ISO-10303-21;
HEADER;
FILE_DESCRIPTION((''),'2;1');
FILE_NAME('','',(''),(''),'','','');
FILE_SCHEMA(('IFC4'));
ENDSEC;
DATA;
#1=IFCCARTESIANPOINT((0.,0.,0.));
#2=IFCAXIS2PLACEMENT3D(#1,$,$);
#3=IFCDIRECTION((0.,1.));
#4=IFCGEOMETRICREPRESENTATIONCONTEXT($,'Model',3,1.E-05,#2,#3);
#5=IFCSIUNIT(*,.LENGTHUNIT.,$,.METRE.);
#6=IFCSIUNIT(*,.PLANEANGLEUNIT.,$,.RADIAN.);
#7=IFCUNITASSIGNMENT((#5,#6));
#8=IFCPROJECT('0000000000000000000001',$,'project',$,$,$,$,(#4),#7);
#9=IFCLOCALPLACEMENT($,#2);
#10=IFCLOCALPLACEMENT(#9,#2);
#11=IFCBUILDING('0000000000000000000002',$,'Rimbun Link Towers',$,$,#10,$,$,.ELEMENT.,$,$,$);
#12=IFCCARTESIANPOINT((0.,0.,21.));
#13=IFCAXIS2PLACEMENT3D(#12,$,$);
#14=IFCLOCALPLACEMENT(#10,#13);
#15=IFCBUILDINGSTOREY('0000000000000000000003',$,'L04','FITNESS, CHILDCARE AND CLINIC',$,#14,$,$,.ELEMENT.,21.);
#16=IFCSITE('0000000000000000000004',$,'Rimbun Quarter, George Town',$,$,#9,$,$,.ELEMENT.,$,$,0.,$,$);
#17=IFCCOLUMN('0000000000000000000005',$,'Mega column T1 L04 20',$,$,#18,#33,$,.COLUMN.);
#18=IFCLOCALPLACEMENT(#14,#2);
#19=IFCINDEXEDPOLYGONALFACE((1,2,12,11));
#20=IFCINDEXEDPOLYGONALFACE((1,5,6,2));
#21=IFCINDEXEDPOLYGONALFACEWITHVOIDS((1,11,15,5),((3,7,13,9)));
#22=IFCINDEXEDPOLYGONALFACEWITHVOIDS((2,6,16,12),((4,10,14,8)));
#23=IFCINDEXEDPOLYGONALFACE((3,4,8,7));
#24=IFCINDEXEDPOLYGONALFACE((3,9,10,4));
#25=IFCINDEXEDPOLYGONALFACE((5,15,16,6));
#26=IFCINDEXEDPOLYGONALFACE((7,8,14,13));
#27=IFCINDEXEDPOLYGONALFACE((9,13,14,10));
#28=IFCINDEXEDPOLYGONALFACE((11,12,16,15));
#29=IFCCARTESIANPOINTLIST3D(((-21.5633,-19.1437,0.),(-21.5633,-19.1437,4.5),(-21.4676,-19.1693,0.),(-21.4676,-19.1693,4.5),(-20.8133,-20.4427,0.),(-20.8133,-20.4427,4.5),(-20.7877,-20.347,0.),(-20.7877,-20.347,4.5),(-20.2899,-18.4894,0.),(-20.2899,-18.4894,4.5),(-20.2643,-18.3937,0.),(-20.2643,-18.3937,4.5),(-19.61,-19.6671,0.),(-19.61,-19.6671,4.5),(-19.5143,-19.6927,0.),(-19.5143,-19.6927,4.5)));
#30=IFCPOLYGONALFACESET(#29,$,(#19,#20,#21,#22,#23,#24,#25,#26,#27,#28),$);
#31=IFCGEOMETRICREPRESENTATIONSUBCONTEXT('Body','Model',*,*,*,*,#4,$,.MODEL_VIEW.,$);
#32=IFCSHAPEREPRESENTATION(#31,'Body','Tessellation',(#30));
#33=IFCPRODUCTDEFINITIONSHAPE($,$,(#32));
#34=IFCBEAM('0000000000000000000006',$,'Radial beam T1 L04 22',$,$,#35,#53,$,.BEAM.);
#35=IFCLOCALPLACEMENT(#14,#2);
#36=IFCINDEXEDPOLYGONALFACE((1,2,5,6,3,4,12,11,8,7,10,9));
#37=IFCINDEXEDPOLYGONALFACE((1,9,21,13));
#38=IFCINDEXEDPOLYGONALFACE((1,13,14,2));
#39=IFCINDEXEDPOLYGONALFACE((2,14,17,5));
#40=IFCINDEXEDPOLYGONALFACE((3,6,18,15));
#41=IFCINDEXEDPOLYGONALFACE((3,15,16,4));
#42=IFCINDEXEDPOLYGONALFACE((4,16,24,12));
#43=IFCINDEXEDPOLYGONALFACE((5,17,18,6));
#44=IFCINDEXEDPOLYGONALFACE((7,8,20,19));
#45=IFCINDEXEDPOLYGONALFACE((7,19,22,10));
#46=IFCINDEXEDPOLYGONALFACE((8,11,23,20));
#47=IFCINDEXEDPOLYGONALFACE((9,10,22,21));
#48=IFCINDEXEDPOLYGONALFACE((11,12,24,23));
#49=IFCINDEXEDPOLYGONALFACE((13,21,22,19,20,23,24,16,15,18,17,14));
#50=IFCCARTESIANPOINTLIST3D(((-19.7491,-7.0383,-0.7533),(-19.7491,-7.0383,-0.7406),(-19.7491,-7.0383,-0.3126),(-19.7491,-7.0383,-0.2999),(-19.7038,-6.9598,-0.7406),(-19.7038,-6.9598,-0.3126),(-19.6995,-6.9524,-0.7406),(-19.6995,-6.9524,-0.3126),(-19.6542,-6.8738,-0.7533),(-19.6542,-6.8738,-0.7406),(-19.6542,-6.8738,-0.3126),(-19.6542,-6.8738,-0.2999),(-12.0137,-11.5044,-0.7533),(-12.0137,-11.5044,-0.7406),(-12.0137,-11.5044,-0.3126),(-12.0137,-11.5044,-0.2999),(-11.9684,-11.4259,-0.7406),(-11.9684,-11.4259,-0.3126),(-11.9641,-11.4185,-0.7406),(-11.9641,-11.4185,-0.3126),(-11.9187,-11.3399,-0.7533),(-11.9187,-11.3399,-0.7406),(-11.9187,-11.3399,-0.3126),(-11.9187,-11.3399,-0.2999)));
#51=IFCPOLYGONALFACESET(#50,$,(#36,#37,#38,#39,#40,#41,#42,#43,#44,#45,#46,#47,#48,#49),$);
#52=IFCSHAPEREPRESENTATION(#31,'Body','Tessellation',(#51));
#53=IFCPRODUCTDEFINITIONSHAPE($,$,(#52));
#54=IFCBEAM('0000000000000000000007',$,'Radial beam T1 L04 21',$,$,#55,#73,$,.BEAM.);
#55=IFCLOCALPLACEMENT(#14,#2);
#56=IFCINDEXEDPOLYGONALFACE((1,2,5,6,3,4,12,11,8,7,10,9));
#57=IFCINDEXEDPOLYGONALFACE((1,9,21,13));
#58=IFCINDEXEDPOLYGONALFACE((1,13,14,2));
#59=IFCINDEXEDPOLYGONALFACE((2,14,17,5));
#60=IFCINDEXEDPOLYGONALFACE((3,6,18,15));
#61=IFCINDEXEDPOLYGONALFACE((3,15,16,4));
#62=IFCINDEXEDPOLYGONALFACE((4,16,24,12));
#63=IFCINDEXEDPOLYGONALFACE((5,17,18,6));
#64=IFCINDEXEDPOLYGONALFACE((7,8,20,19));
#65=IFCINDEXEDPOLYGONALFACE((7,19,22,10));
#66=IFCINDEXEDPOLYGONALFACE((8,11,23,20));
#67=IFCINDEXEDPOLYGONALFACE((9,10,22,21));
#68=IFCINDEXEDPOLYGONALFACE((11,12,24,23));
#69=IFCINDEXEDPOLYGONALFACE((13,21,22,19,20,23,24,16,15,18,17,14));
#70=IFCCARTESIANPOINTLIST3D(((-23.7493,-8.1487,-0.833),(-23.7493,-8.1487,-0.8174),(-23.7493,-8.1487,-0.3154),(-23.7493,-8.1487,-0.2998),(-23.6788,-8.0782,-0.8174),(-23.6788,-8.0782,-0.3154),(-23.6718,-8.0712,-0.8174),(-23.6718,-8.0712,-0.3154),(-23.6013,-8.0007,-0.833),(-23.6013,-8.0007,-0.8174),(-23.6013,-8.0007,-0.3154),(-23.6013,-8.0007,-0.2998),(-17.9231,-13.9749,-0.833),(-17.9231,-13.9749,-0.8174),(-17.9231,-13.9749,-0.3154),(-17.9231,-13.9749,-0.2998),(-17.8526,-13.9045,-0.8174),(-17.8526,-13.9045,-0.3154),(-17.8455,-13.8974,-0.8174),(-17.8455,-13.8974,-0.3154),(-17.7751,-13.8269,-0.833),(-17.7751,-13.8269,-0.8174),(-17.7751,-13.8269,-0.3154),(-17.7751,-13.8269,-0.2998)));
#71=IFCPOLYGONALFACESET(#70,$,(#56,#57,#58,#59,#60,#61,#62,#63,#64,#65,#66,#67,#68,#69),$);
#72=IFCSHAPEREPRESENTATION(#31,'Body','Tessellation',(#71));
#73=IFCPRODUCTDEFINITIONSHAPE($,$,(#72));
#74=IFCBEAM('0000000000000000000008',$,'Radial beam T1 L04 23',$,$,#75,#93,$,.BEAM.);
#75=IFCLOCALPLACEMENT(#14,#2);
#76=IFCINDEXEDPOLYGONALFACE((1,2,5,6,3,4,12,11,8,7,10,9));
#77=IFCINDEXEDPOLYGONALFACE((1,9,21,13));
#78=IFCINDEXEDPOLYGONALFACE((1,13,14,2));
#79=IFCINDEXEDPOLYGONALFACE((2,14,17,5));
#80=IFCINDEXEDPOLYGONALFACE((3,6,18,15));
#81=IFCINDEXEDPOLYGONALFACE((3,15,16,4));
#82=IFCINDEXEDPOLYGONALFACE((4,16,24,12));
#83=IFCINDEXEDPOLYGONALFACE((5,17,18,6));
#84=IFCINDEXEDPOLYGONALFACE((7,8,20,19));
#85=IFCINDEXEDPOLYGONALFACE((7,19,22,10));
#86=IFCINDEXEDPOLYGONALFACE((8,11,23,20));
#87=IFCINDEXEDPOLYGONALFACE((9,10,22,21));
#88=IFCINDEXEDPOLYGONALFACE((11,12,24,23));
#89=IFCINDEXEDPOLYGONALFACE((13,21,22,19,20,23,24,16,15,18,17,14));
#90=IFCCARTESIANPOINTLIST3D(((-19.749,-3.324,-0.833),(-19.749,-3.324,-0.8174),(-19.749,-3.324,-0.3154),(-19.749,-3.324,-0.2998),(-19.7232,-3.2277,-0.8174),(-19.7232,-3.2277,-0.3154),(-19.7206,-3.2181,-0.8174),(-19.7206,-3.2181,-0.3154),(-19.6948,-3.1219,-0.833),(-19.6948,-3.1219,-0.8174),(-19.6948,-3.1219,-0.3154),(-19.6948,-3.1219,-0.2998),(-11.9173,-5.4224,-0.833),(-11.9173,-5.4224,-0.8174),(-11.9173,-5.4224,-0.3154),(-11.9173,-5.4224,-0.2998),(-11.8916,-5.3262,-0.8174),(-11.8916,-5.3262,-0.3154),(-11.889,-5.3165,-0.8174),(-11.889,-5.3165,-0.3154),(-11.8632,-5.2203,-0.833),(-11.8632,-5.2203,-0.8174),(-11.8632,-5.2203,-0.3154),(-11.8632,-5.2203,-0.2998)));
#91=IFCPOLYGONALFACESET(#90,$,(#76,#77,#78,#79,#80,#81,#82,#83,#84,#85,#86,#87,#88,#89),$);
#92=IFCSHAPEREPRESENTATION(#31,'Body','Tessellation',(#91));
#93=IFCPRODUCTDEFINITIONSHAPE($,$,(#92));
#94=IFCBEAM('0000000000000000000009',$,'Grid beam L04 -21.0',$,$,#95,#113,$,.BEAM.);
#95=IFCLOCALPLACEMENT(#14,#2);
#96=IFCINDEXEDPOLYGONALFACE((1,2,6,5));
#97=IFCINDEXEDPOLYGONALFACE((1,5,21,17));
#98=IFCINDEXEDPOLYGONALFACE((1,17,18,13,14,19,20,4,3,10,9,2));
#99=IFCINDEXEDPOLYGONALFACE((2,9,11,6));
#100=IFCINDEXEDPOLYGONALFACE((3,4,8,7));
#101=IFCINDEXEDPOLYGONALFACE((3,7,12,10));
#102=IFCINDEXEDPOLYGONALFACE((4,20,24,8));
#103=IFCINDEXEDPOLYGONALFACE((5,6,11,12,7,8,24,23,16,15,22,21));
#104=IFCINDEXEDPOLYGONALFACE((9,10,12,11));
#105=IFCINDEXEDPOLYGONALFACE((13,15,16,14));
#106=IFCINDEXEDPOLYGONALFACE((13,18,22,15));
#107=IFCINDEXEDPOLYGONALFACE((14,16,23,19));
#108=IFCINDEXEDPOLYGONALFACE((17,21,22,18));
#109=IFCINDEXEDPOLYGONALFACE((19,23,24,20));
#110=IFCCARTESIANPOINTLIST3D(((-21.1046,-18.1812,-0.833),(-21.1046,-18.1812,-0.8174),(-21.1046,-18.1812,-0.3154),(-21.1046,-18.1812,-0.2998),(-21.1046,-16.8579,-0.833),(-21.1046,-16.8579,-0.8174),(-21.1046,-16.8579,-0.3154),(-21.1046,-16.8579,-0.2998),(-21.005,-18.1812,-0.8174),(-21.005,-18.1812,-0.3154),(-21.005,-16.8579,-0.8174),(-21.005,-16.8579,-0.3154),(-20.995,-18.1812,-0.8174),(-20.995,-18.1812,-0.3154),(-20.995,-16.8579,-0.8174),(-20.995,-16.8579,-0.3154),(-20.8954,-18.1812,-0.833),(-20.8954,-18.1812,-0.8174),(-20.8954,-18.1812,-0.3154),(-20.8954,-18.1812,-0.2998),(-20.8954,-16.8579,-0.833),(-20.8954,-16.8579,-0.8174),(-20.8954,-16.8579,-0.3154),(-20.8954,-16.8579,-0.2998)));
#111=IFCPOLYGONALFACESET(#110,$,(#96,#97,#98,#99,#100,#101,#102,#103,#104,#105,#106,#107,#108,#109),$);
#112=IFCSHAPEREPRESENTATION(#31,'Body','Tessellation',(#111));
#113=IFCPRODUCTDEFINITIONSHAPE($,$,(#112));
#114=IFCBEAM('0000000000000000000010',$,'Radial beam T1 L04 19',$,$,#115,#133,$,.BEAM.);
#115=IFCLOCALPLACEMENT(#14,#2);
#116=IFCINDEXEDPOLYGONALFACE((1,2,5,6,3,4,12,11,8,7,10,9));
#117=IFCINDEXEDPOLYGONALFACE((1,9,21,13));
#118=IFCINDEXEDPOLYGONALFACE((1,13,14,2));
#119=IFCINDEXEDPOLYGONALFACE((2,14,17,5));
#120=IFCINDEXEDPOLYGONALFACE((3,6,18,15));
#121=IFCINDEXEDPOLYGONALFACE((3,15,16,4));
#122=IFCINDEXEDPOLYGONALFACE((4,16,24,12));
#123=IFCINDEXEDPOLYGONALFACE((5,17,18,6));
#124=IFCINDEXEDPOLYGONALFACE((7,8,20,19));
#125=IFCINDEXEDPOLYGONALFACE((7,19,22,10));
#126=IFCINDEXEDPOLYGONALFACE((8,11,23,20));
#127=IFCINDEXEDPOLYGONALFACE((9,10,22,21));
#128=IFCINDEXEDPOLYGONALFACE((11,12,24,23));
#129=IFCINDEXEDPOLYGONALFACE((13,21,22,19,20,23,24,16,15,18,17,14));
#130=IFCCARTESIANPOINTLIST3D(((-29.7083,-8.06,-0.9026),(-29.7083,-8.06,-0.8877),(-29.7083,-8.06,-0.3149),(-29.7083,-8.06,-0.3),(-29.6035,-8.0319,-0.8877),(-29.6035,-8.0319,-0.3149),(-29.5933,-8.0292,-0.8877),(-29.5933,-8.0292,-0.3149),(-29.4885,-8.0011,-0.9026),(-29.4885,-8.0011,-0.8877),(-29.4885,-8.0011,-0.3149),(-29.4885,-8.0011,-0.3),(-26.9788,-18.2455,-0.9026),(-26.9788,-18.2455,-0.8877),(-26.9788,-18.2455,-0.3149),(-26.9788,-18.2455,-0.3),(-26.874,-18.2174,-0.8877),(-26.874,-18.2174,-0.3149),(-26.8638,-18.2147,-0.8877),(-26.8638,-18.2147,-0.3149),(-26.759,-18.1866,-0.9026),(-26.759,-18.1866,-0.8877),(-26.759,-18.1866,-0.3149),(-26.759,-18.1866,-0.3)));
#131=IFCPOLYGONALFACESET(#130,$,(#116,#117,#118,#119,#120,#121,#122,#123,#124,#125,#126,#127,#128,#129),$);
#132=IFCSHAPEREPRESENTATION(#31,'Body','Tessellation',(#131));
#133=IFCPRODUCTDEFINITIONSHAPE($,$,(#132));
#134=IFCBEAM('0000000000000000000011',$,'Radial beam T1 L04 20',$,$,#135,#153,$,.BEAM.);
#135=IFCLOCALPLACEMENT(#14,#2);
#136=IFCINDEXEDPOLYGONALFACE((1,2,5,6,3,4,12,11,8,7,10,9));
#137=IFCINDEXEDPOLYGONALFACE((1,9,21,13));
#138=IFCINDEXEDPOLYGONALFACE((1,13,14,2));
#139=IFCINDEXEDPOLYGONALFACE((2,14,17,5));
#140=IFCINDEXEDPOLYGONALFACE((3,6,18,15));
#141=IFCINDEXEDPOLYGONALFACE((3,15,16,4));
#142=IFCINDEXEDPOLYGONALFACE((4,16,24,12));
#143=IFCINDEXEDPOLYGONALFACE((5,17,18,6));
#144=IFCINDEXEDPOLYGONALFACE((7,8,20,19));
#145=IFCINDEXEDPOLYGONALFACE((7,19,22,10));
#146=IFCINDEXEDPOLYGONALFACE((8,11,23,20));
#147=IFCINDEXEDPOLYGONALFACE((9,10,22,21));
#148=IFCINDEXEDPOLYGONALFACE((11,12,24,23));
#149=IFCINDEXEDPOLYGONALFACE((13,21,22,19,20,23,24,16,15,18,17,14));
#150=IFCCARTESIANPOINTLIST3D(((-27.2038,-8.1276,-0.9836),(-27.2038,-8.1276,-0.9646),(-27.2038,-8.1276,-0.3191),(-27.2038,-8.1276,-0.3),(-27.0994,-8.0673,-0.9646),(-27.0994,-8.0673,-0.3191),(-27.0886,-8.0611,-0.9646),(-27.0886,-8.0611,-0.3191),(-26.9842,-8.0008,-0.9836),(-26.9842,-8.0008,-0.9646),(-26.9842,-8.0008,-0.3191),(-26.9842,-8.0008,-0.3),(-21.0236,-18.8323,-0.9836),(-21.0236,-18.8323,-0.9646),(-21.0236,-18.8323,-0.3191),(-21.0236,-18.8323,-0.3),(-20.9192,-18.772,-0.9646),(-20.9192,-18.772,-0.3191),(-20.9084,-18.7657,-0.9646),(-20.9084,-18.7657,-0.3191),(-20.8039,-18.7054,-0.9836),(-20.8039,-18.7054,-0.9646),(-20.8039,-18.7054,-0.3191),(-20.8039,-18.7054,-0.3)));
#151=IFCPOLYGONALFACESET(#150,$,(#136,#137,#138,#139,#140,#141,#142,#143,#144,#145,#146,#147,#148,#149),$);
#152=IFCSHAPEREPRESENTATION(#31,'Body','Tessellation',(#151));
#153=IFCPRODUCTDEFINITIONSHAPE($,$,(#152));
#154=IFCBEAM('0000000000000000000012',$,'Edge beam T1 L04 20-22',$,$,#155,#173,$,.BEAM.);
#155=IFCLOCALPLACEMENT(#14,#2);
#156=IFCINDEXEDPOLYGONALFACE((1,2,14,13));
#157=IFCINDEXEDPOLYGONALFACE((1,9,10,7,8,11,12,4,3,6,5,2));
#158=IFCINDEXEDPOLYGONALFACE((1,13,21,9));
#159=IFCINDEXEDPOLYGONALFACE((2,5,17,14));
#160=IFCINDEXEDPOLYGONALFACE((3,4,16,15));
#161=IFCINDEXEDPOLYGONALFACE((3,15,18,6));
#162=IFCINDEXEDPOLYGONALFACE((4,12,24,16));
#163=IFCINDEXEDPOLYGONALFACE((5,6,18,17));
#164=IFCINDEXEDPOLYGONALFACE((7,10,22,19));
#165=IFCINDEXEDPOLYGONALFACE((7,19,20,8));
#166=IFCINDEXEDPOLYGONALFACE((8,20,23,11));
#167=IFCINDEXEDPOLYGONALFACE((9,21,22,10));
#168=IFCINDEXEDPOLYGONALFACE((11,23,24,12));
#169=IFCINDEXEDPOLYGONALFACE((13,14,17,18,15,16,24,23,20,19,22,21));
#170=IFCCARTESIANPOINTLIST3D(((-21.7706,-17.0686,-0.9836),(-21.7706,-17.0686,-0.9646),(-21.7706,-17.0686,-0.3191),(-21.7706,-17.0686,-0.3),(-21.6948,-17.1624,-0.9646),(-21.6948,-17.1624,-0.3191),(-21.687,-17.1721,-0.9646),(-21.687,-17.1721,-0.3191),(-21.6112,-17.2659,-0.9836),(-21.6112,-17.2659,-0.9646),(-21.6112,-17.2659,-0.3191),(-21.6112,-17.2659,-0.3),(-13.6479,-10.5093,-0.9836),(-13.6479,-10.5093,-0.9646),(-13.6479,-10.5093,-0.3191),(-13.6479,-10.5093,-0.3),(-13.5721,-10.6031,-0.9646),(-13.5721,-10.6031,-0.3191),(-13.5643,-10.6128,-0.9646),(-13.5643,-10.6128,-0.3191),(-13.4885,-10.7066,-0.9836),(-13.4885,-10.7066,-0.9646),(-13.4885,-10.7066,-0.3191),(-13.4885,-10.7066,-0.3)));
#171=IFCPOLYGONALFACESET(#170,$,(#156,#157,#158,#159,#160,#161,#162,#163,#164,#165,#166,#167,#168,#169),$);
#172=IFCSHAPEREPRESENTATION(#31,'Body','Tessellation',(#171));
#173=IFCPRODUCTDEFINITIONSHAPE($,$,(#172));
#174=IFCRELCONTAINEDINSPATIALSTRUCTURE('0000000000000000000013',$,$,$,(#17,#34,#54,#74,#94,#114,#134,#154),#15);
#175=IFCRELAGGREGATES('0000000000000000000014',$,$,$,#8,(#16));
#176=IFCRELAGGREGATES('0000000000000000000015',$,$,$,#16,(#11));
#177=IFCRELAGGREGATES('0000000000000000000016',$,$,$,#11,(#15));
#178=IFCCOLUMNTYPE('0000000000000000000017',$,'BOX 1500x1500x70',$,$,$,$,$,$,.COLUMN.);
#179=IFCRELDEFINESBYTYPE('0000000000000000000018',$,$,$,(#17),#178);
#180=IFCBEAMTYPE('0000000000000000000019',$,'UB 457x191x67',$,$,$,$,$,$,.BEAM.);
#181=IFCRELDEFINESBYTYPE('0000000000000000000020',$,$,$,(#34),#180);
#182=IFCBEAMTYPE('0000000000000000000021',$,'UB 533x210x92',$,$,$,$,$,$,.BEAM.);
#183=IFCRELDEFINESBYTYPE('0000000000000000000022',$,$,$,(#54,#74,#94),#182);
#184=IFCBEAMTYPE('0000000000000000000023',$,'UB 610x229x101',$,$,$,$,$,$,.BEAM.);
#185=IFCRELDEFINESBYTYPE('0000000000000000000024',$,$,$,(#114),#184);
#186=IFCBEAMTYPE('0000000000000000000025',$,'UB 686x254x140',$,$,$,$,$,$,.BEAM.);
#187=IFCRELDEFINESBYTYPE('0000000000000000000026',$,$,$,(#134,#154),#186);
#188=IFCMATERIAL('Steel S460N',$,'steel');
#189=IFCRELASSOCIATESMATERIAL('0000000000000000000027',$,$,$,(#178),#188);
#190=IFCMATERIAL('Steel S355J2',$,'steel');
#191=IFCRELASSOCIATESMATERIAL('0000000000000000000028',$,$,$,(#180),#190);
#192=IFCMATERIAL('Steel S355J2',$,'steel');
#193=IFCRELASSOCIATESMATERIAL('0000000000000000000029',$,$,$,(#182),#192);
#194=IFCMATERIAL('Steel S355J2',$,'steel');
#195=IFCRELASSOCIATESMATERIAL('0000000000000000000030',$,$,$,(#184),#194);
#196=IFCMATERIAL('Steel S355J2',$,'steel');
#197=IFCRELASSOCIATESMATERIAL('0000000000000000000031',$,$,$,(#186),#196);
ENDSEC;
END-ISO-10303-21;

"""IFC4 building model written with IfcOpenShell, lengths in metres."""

from ifc_helpers import new_model, si_unit, direction, frame, origin, origin_2d, place, context, subcontext, project, spatial, hollow_rectangle, i_section, extrude, material, material_profile, profile_set, type_object, element, save


model = new_model("IFC4")

# Units and contexts
model_context = context("Model", 3, precision=1e-05, world=origin(), true_north=direction((0.0, 1.0)))
body_context = subcontext(model_context, "Body", "Model", "MODEL_VIEW")
ifc_project = project(units=[si_unit("LENGTHUNIT", "METRE"), si_unit("PLANEANGLEUNIT", "RADIAN")], contexts=[model_context])

# Site, building, storey
site_placement = place(None, origin())
site = spatial("IfcSite", under=ifc_project, at=site_placement, Name="Rimbun Quarter, George Town", CompositionType="ELEMENT", RefElevation=0.0)
building_placement = place(site_placement, origin())
building = spatial("IfcBuilding", under=site, at=building_placement, Name="Rimbun Link Towers", CompositionType="ELEMENT")
storey_placement = place(building_placement, frame((0.0, 0.0, 21.0)))
storey = spatial("IfcBuildingStorey", under=building, at=storey_placement, Name="L04", Description="FITNESS, CHILDCARE AND CLINIC", CompositionType="ELEMENT", Elevation=21.0)

# Column
ifc_material_1 = material(Name="Steel S460N", Category="steel")
ifc_material_profile_1 = material_profile(ifc_material_1, hollow_rectangle(XDim=1.5, YDim=1.5, WallThickness=0.0701, at=origin_2d()), Name="BOX 1500x1500x70")
ifc_profile_set_1 = profile_set([ifc_material_profile_1], Name="Steel S460N")
column_type = type_object("IfcColumnType", Name="BOX 1500x1500x70", PredefinedType="COLUMN", material=ifc_profile_set_1)
column_placement = place(storey_placement, frame((-20.5388, -19.4182, 0.0), z_axis=(0.0, 0.0, 1.0), x_axis=(0.5, -0.866025, 0.0)))
element("IfcColumn", 1, at=column_placement, inside=storey, type_object=column_type, Name="Mega column T1 L04 20", PredefinedType="COLUMN", context=body_context, shape_type="SweptSolid", body=[
    extrude(hollow_rectangle(XDim=1.5, YDim=1.5, WallThickness=0.0701, at=origin_2d()), origin(), (0.0, 0.0, 1.0), 4.5),
])

# Beams
ifc_material_2 = material(Name="Steel S355J2", Category="steel")
ifc_material_profile_2 = material_profile(ifc_material_2, i_section(OverallWidth=0.1899, OverallDepth=0.4534, WebThickness=0.0085, FlangeThickness=0.0127, at=origin_2d()), Name="UB 457x191x67")
ifc_profile_set_2 = profile_set([ifc_material_profile_2], Name="Steel S355J2")
beam_type_1 = type_object("IfcBeamType", Name="UB 457x191x67", PredefinedType="BEAM", material=ifc_profile_set_2)
beam_1_placement = place(storey_placement, frame((-19.7017, -6.9561, -0.5266), z_axis=(0.866023, -0.500005, 0.0), x_axis=(0.500005, 0.866023, 0.0)))
element("IfcBeam", 2, at=beam_1_placement, inside=storey, type_object=beam_type_1, Name="Radial beam T1 L04 22", PredefinedType="BEAM", context=body_context, shape_type="SweptSolid", body=[
    extrude(i_section(OverallWidth=0.1899, OverallDepth=0.4534, WebThickness=0.0085, FlangeThickness=0.0127, at=origin_2d()), origin(), (0.0, 0.0, 1.0), 8.9321),
])
ifc_material_3 = material(Name="Steel S355J2", Category="steel")
ifc_material_profile_3 = material_profile(ifc_material_3, i_section(OverallWidth=0.2092, OverallDepth=0.5332, WebThickness=0.01, FlangeThickness=0.0156, at=origin_2d()), Name="UB 533x210x92")
ifc_profile_set_3 = profile_set([ifc_material_profile_3], Name="Steel S355J2")
beam_type_2 = type_object("IfcBeamType", Name="UB 533x210x92", PredefinedType="BEAM", material=ifc_profile_set_3)
beam_2_placement = place(storey_placement, frame((-23.6753, -8.0747, -0.5664), z_axis=(0.707107, -0.707107, 0.0), x_axis=(0.707107, 0.707107, 0.0)))
element("IfcBeam", 3, at=beam_2_placement, inside=storey, type_object=beam_type_2, Name="Radial beam T1 L04 21", PredefinedType="BEAM", context=body_context, shape_type="SweptSolid", body=[
    extrude(i_section(OverallWidth=0.2092, OverallDepth=0.5332, WebThickness=0.01, FlangeThickness=0.0156, at=origin_2d()), origin(), (0.0, 0.0, 1.0), 8.2395),
])
beam_3_placement = place(storey_placement, frame((-19.7219, -3.2229, -0.5664), z_axis=(0.965928, -0.258811, 0.0), x_axis=(0.258811, 0.965928, 0.0)))
element("IfcBeam", 4, at=beam_3_placement, inside=storey, type_object=beam_type_2, Name="Radial beam T1 L04 23", PredefinedType="BEAM", context=body_context, shape_type="SweptSolid", body=[
    extrude(i_section(OverallWidth=0.2092, OverallDepth=0.5332, WebThickness=0.01, FlangeThickness=0.0156, at=origin_2d()), origin(), (0.0, 0.0, 1.0), 8.1079),
])
beam_4_placement = place(storey_placement, frame((-21.0, -18.1812, -0.5664), z_axis=(0.0, 1.0, 0.0), x_axis=(-1.0, 0.0, 0.0)))
element("IfcBeam", 5, at=beam_4_placement, inside=storey, type_object=beam_type_2, Name="Grid beam L04 -21.0", PredefinedType="BEAM", context=body_context, shape_type="SweptSolid", body=[
    extrude(i_section(OverallWidth=0.2092, OverallDepth=0.5332, WebThickness=0.01, FlangeThickness=0.0156, at=origin_2d()), origin(), (0.0, 0.0, 1.0), 1.3232),
])
ifc_material_4 = material(Name="Steel S355J2", Category="steel")
ifc_material_profile_4 = material_profile(ifc_material_4, i_section(OverallWidth=0.2275, OverallDepth=0.6025, WebThickness=0.0105, FlangeThickness=0.0149, at=origin_2d()), Name="UB 610x229x101")
ifc_profile_set_4 = profile_set([ifc_material_profile_4], Name="Steel S355J2")
beam_type_3 = type_object("IfcBeamType", Name="UB 610x229x101", PredefinedType="BEAM", material=ifc_profile_set_4)
beam_5_placement = place(storey_placement, frame((-29.5984, -8.0305, -0.6013), z_axis=(0.258844, -0.965919, 0.0), x_axis=(0.965919, 0.258844, 0.0)))
element("IfcBeam", 6, at=beam_5_placement, inside=storey, type_object=beam_type_3, Name="Radial beam T1 L04 19", PredefinedType="BEAM", context=body_context, shape_type="SweptSolid", body=[
    extrude(i_section(OverallWidth=0.2275, OverallDepth=0.6025, WebThickness=0.0105, FlangeThickness=0.0149, at=origin_2d()), origin(), (0.0, 0.0, 1.0), 10.5449),
])
ifc_material_5 = material(Name="Steel S355J2", Category="steel")
ifc_material_profile_5 = material_profile(ifc_material_5, i_section(OverallWidth=0.2537, OverallDepth=0.6836, WebThickness=0.0125, FlangeThickness=0.019, at=origin_2d()), Name="UB 686x254x140")
ifc_profile_set_5 = profile_set([ifc_material_profile_5], Name="Steel S355J2")
beam_type_4 = type_object("IfcBeamType", Name="UB 686x254x140", PredefinedType="BEAM", material=ifc_profile_set_5)
beam_6_placement = place(storey_placement, frame((-27.094, -8.0642, -0.6418), z_axis=(0.499993, -0.86603, 0.0), x_axis=(0.86603, 0.499993, 0.0)))
element("IfcBeam", 7, at=beam_6_placement, inside=storey, type_object=beam_type_4, Name="Radial beam T1 L04 20", PredefinedType="BEAM", context=body_context, shape_type="SweptSolid", body=[
    extrude(i_section(OverallWidth=0.2537, OverallDepth=0.6836, WebThickness=0.0125, FlangeThickness=0.019, at=origin_2d()), origin(), (0.0, 0.0, 1.0), 12.3606),
])
beam_7_placement = place(storey_placement, frame((-21.6909, -17.1672, -0.6418), z_axis=(0.778007, 0.628256, 0.0), x_axis=(-0.628256, 0.778007, 0.0)))
element("IfcBeam", 8, at=beam_7_placement, inside=storey, type_object=beam_type_4, Name="Edge beam T1 L04 20-22", PredefinedType="BEAM", context=body_context, shape_type="SweptSolid", body=[
    extrude(i_section(OverallWidth=0.2537, OverallDepth=0.6836, WebThickness=0.0125, FlangeThickness=0.019, at=origin_2d()), origin(), (0.0, 0.0, 1.0), 10.4404),
])

save(model, "model.ifc")
